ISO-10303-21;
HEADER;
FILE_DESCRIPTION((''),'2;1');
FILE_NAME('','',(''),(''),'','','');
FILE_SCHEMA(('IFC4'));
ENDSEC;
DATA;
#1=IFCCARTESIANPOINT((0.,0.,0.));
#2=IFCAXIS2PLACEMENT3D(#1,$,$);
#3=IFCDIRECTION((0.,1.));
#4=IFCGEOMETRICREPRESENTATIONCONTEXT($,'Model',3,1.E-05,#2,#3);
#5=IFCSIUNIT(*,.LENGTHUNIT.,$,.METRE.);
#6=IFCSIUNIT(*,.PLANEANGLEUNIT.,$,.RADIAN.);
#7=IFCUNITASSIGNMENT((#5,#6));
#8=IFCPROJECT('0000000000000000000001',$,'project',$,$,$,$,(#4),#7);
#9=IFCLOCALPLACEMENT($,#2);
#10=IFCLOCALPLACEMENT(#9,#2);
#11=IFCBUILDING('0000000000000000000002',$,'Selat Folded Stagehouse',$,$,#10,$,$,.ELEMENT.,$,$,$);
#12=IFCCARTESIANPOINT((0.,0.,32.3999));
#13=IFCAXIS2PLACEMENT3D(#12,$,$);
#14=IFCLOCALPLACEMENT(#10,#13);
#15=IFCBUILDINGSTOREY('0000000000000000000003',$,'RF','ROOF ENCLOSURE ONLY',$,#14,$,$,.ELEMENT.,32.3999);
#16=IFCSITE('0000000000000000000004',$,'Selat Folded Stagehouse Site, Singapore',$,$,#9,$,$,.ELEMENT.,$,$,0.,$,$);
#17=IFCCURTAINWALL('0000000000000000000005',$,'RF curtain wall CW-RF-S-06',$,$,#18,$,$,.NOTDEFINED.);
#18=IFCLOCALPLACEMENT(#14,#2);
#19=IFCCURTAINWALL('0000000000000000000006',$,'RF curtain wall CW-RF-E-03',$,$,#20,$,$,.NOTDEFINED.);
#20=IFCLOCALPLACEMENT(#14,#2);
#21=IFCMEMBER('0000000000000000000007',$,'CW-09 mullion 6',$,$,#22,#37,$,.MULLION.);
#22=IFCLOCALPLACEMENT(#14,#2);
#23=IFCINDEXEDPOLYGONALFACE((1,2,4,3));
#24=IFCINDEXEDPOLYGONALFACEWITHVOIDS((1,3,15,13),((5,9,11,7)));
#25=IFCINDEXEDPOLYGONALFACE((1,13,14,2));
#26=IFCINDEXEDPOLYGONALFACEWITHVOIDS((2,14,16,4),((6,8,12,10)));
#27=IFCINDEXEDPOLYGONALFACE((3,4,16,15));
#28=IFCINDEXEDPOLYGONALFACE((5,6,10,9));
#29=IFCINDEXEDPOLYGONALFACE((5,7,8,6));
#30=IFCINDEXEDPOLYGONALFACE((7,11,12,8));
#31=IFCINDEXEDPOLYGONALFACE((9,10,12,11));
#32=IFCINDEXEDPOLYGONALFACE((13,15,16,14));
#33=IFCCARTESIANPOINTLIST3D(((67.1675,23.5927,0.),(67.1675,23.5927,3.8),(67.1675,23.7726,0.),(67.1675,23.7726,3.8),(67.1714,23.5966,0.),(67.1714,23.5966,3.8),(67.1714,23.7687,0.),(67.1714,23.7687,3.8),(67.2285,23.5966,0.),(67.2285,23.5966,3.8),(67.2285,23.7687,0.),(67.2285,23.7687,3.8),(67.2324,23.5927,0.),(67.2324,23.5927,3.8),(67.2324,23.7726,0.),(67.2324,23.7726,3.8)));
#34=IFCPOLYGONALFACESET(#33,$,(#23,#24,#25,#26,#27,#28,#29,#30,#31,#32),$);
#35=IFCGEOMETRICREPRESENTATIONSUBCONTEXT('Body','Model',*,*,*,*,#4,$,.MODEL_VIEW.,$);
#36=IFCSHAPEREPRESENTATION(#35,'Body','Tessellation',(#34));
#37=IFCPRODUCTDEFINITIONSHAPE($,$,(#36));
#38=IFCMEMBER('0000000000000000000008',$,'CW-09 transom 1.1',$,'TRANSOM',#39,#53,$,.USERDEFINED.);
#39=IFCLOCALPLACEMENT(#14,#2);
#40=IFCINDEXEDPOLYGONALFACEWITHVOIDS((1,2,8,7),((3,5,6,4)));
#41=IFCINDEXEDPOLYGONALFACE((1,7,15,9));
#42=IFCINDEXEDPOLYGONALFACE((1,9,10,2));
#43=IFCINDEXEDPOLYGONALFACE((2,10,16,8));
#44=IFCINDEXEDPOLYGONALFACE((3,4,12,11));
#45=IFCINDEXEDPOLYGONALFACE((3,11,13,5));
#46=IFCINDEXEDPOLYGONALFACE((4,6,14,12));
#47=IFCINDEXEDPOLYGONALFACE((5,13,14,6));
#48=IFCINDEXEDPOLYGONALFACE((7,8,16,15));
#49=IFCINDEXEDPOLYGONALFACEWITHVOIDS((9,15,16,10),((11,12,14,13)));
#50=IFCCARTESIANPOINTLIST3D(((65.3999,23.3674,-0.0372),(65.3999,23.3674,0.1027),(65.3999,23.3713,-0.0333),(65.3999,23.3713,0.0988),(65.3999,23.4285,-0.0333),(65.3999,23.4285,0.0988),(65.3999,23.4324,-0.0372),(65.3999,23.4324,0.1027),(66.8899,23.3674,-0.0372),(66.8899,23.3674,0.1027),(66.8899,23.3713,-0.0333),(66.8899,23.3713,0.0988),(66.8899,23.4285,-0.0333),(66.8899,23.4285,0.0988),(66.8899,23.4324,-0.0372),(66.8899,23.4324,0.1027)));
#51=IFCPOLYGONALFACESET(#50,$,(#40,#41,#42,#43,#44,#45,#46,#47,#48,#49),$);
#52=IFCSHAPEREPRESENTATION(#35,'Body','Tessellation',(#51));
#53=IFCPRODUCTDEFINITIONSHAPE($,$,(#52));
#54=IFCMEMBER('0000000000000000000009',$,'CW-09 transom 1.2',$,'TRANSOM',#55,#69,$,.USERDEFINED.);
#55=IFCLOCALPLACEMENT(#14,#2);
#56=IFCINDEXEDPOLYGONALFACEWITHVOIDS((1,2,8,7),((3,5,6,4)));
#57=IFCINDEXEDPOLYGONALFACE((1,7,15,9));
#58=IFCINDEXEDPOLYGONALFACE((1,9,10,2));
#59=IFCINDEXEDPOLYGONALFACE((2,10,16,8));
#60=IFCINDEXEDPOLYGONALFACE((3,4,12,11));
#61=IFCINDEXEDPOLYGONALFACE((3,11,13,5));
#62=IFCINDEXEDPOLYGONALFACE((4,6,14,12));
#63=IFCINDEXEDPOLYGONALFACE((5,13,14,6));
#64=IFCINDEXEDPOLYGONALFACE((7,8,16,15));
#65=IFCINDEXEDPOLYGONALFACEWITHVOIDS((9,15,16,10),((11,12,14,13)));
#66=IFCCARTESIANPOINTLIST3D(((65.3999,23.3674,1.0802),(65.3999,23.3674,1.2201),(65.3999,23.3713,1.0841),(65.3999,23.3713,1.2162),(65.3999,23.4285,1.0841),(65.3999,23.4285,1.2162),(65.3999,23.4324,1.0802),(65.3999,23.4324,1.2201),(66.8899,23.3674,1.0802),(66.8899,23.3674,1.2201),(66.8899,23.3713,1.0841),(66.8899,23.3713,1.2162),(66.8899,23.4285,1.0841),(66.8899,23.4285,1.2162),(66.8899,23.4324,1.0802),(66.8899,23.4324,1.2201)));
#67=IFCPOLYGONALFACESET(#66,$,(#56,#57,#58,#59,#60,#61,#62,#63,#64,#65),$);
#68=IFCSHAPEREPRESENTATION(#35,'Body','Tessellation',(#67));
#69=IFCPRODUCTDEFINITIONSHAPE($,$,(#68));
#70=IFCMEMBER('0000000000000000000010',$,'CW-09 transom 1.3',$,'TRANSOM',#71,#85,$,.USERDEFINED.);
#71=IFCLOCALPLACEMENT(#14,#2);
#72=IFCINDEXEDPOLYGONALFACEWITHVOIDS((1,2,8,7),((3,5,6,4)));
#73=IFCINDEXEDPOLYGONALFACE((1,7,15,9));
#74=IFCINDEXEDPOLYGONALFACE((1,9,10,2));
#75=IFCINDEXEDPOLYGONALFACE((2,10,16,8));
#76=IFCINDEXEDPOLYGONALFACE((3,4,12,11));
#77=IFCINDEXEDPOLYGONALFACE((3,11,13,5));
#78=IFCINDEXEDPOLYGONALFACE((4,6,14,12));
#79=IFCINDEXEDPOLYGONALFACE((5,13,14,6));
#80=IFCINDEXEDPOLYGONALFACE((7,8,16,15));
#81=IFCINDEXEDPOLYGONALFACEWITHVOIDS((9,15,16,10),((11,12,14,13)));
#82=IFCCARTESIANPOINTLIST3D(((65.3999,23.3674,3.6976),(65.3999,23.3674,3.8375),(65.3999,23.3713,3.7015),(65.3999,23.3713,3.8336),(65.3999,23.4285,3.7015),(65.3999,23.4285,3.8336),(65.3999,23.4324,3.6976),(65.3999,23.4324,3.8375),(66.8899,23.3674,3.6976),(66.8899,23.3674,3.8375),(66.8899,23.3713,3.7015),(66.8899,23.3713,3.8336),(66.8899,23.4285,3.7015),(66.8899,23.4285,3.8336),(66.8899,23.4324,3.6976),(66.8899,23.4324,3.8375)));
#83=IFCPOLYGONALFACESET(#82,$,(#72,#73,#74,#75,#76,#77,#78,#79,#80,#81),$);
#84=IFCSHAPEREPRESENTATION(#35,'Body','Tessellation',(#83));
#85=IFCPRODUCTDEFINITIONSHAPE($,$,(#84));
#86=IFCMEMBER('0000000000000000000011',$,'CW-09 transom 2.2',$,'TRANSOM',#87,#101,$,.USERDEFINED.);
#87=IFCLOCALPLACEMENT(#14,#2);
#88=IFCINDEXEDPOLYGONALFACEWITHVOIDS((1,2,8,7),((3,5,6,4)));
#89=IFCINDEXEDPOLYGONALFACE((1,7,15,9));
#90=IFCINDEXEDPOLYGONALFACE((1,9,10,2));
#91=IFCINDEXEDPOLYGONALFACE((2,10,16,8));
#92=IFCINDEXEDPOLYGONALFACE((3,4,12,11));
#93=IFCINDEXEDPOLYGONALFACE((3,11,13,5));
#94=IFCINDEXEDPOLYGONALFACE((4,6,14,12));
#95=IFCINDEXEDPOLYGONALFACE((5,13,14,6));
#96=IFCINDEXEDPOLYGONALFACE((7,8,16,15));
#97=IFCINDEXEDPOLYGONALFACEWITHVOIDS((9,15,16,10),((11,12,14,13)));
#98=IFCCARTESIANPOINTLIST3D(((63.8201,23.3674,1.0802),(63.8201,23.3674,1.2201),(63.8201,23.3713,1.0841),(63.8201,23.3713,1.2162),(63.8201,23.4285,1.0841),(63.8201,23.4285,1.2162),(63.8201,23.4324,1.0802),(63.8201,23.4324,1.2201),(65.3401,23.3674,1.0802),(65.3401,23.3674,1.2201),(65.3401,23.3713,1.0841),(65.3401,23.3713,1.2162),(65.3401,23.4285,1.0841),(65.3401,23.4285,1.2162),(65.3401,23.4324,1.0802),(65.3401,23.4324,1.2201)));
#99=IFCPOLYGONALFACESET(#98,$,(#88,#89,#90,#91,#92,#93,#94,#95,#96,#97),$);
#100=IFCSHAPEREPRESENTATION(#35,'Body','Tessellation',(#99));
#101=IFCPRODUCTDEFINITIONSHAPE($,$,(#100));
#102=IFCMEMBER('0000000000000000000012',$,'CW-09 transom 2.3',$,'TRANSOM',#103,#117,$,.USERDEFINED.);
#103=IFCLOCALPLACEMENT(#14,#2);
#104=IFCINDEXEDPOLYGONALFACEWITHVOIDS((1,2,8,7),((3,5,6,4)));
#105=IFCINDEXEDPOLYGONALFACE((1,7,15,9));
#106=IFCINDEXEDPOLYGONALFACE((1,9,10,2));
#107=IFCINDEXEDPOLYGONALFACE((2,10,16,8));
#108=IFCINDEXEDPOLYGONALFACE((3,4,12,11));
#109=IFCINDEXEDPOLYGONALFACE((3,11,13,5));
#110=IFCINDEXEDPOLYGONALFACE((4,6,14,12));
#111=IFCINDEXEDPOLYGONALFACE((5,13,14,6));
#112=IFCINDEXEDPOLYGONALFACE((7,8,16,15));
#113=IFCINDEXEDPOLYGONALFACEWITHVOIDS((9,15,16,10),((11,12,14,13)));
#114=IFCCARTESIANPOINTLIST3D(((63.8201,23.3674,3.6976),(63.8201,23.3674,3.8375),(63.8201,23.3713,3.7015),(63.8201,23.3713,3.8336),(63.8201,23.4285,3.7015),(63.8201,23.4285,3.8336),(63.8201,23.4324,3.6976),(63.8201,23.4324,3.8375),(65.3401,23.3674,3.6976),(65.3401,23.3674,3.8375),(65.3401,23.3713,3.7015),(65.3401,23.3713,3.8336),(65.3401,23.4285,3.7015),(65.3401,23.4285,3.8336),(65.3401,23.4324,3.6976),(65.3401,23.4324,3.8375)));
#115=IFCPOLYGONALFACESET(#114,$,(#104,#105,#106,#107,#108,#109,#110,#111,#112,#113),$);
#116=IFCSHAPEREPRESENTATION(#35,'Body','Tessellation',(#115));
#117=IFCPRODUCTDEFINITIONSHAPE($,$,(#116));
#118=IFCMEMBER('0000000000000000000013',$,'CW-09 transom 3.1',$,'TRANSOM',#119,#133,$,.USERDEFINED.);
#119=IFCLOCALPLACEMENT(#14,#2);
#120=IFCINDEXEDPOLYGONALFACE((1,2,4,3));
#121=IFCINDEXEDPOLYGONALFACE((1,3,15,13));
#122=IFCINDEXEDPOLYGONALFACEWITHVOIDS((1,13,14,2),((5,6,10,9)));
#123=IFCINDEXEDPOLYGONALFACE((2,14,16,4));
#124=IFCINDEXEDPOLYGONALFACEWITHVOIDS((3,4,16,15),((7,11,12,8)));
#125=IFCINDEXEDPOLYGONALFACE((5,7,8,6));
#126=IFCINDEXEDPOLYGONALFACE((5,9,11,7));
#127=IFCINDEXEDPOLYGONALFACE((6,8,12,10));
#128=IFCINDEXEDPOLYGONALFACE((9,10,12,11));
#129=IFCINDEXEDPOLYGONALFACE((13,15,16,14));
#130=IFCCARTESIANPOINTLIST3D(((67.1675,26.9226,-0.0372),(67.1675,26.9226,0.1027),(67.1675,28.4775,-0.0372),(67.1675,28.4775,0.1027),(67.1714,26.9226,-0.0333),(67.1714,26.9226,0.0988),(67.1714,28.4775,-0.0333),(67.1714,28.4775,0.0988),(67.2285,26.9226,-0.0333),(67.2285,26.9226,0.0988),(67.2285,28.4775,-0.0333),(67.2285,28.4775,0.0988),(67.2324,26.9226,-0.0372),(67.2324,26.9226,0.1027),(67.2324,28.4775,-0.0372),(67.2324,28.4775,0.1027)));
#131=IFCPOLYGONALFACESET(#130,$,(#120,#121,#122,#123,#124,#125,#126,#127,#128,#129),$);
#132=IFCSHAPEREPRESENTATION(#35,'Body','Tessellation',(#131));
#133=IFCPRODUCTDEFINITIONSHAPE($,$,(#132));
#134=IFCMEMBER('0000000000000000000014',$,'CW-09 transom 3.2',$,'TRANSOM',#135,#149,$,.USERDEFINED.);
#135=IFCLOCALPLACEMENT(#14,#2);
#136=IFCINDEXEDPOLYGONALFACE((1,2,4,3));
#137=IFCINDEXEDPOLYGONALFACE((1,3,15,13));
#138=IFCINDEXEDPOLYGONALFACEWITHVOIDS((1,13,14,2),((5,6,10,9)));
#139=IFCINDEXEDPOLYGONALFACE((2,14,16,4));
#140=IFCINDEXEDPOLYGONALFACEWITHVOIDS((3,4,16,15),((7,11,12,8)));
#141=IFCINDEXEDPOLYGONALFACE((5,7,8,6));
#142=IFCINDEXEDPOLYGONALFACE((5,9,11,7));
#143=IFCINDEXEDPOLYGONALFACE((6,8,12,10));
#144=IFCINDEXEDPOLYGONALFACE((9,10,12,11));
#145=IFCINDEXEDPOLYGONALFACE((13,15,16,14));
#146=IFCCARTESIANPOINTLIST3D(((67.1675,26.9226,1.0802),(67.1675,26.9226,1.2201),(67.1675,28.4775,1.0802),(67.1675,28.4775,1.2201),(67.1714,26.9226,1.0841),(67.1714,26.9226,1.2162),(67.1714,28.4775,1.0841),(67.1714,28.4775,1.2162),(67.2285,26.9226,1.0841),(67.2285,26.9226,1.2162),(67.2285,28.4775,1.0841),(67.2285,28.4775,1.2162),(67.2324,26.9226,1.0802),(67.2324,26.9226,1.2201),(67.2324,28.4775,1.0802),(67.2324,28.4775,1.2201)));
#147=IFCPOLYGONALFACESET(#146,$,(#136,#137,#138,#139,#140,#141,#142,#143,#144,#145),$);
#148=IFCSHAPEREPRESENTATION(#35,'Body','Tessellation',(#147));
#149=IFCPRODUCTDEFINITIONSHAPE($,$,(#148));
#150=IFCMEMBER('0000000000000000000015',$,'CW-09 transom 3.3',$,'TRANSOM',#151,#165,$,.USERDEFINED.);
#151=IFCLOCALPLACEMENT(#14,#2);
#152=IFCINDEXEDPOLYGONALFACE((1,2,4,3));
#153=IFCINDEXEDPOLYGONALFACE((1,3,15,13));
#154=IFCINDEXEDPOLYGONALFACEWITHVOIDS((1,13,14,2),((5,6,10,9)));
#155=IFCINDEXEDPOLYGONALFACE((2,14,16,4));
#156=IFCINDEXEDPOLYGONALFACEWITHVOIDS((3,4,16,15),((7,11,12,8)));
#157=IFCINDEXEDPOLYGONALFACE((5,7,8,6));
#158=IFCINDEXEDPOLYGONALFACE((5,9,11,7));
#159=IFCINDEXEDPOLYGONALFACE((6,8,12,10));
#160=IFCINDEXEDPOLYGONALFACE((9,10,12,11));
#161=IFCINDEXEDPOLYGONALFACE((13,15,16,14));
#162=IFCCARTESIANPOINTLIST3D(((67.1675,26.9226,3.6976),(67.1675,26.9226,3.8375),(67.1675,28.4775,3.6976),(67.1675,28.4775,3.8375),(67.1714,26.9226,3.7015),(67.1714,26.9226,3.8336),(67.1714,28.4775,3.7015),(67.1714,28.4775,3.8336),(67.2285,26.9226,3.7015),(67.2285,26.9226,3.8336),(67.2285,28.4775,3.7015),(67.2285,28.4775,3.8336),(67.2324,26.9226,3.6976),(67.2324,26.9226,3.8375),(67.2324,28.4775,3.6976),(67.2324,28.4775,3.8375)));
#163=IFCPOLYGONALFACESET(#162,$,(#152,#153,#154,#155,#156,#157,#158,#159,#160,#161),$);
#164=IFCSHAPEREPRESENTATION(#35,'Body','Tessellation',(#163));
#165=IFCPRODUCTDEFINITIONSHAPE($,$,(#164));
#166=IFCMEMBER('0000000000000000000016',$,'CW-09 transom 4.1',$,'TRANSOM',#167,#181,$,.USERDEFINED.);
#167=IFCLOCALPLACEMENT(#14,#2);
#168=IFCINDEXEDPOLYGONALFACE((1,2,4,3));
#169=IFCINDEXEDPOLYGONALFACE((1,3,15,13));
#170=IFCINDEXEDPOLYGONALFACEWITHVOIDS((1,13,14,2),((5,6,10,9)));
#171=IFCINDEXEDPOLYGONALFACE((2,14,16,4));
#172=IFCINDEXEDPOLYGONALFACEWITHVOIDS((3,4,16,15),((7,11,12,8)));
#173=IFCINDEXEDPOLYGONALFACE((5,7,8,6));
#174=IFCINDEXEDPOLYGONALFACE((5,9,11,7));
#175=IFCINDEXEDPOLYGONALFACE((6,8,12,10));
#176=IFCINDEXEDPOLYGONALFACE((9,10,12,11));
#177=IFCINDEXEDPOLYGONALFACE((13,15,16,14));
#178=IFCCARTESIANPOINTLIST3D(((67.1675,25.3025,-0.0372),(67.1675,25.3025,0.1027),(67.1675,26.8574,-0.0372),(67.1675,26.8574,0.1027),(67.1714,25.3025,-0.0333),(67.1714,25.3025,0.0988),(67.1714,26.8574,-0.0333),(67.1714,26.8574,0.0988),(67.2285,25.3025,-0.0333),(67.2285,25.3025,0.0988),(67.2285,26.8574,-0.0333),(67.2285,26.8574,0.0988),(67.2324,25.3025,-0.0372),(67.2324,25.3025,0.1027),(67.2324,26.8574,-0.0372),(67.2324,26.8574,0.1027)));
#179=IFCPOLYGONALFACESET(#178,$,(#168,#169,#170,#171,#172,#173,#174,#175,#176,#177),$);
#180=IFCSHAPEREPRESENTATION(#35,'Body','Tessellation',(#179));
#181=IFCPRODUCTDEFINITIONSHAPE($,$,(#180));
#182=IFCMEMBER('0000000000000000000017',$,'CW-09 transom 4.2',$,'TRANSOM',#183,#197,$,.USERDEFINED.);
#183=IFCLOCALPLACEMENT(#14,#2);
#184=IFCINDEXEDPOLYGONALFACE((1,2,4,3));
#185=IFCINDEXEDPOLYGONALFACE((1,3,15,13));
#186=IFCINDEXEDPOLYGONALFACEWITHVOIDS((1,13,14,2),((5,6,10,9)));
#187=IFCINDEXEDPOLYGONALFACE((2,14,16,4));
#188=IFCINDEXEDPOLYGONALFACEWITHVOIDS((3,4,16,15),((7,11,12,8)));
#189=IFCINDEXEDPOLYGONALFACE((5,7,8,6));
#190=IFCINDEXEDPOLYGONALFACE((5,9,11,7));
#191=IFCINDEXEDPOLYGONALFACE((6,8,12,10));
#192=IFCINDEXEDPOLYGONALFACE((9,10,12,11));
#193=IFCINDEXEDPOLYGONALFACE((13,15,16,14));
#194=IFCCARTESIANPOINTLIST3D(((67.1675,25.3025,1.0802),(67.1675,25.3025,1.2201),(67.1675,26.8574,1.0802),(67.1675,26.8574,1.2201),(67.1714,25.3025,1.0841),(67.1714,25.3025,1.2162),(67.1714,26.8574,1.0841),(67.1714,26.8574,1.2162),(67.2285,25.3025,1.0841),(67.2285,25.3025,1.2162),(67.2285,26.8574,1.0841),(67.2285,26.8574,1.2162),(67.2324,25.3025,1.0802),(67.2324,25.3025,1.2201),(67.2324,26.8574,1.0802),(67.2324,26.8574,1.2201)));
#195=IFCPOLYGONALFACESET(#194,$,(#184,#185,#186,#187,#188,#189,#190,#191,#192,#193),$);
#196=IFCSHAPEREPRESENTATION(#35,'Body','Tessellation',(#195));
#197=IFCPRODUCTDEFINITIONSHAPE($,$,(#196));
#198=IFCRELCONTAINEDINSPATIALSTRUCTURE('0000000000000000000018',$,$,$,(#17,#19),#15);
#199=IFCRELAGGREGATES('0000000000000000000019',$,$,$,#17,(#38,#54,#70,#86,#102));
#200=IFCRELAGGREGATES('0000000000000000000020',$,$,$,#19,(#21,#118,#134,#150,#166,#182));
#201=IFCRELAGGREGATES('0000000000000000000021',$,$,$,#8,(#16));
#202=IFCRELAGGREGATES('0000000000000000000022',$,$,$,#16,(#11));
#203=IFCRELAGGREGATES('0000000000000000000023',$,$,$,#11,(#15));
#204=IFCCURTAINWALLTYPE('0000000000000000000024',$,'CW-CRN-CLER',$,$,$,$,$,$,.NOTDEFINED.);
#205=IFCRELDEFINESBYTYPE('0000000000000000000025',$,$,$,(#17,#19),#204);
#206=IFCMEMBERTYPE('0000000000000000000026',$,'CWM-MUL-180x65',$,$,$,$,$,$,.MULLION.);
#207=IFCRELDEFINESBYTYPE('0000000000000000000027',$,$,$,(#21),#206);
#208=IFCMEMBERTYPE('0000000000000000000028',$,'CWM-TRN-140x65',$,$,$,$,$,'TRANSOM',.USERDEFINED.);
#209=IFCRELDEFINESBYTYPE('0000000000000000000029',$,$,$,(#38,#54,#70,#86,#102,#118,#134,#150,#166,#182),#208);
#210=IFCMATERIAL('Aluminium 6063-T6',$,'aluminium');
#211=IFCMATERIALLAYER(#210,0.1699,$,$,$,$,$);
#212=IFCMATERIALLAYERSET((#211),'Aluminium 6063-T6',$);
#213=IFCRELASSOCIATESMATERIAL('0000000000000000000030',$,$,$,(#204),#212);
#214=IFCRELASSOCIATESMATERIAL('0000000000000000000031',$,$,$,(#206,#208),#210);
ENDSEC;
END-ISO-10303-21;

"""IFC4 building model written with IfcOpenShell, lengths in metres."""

from ifc_helpers import new_model, si_unit, direction, frame, origin, origin_2d, place, context, subcontext, project, spatial, hollow_rectangle, extrude, material, layer, layer_set, material_profile, profile_set, type_object, element, aggregate, save


model = new_model("IFC4")

# Units and contexts
model_context = context("Model", 3, precision=1e-05, world=origin(), true_north=direction((0.0, 1.0)))
body_context = subcontext(model_context, "Body", "Model", "MODEL_VIEW")
ifc_project = project(units=[si_unit("LENGTHUNIT", "METRE"), si_unit("PLANEANGLEUNIT", "RADIAN")], contexts=[model_context])

# Site, building, storey
site_placement = place(None, origin())
site = spatial("IfcSite", under=ifc_project, at=site_placement, Name="Selat Folded Stagehouse Site, Singapore", CompositionType="ELEMENT", RefElevation=0.0)
building_placement = place(site_placement, origin())
building = spatial("IfcBuilding", under=site, at=building_placement, Name="Selat Folded Stagehouse", CompositionType="ELEMENT")
storey_placement = place(building_placement, frame((0.0, 0.0, 32.3999)))
storey = spatial("IfcBuildingStorey", under=building, at=storey_placement, Name="RF", Description="ROOF ENCLOSURE ONLY", CompositionType="ELEMENT", Elevation=32.3999)

# Curtain walls, member
ifc_material_1 = material(Name="Aluminium 6063-T6", Category="aluminium")
ifc_layer_1 = layer(ifc_material_1, 0.1699)
ifc_layer_set_1 = layer_set([ifc_layer_1], Name="Aluminium 6063-T6")
curtain_wall_type = type_object("IfcCurtainWallType", Name="CW-CRN-CLER", PredefinedType="NOTDEFINED", material=ifc_layer_set_1)
curtain_wall_1_placement = place(storey_placement, origin())
curtain_wall_1 = element("IfcCurtainWall", 1, at=curtain_wall_1_placement, inside=storey, type_object=curtain_wall_type, Name="RF curtain wall CW-RF-S-06", PredefinedType="NOTDEFINED")
curtain_wall_2_placement = place(storey_placement, origin())
curtain_wall_2 = element("IfcCurtainWall", 2, at=curtain_wall_2_placement, inside=storey, type_object=curtain_wall_type, Name="RF curtain wall CW-RF-E-03", PredefinedType="NOTDEFINED")
ifc_material_profile_1 = material_profile(ifc_material_1, hollow_rectangle(XDim=0.0649, YDim=0.1799, WallThickness=0.0039, at=origin_2d()), Name="ALU 180x65x4.0")
ifc_profile_set_1 = profile_set([ifc_material_profile_1], Name="Aluminium 6063-T6")
member_type_1 = type_object("IfcMemberType", Name="CWM-MUL-180x65", PredefinedType="MULLION", material=ifc_profile_set_1)
member_1_placement = place(storey_placement, frame((67.2, 23.6826, 0.0), z_axis=(0.0, 0.0, 1.0), x_axis=(1.0, 0.0, 0.0)))
member_1 = element("IfcMember", 3, at=member_1_placement, type_object=member_type_1, Name="CW-09 mullion 6", PredefinedType="MULLION", context=body_context, shape_type="SweptSolid", body=[
    extrude(hollow_rectangle(XDim=0.0649, YDim=0.1799, WallThickness=0.0039, at=origin_2d()), origin(), (0.0, 0.0, 1.0), 3.8),
])

# Members
ifc_material_profile_2 = material_profile(ifc_material_1, hollow_rectangle(XDim=0.0649, YDim=0.1399, WallThickness=0.0039, at=origin_2d()), Name="ALU 140x65x4.0")
ifc_profile_set_2 = profile_set([ifc_material_profile_2], Name="Aluminium 6063-T6")
member_type_2 = type_object("IfcMemberType", Name="CWM-TRN-140x65", ElementType="TRANSOM", PredefinedType="USERDEFINED", material=ifc_profile_set_2)
member_2_placement = place(storey_placement, frame((66.8899, 23.3999, 0.0327), z_axis=(-1.0, 0.0, 0.0), x_axis=(0.0, -1.0, 0.0)))
member_2 = element("IfcMember", 4, at=member_2_placement, type_object=member_type_2, Name="CW-09 transom 1.1", ObjectType="TRANSOM", PredefinedType="USERDEFINED", context=body_context, shape_type="SweptSolid", body=[
    extrude(hollow_rectangle(XDim=0.0649, YDim=0.1399, WallThickness=0.0039, at=origin_2d()), origin(), (0.0, 0.0, 1.0), 1.49),
])
member_3_placement = place(storey_placement, frame((66.8899, 23.3999, 1.1501), z_axis=(-1.0, 0.0, 0.0), x_axis=(0.0, -1.0, 0.0)))
member_3 = element("IfcMember", 5, at=member_3_placement, type_object=member_type_2, Name="CW-09 transom 1.2", ObjectType="TRANSOM", PredefinedType="USERDEFINED", context=body_context, shape_type="SweptSolid", body=[
    extrude(hollow_rectangle(XDim=0.0649, YDim=0.1399, WallThickness=0.0039, at=origin_2d()), origin(), (0.0, 0.0, 1.0), 1.49),
])
member_4_placement = place(storey_placement, frame((66.8899, 23.3999, 3.7676), z_axis=(-1.0, 0.0, 0.0), x_axis=(0.0, -1.0, 0.0)))
member_4 = element("IfcMember", 6, at=member_4_placement, type_object=member_type_2, Name="CW-09 transom 1.3", ObjectType="TRANSOM", PredefinedType="USERDEFINED", context=body_context, shape_type="SweptSolid", body=[
    extrude(hollow_rectangle(XDim=0.0649, YDim=0.1399, WallThickness=0.0039, at=origin_2d()), origin(), (0.0, 0.0, 1.0), 1.49),
])
member_5_placement = place(storey_placement, frame((65.3401, 23.3999, 1.1501), z_axis=(-1.0, 0.0, 0.0), x_axis=(0.0, -1.0, 0.0)))
member_5 = element("IfcMember", 7, at=member_5_placement, type_object=member_type_2, Name="CW-09 transom 2.2", ObjectType="TRANSOM", PredefinedType="USERDEFINED", context=body_context, shape_type="SweptSolid", body=[
    extrude(hollow_rectangle(XDim=0.0649, YDim=0.1399, WallThickness=0.0039, at=origin_2d()), origin(), (0.0, 0.0, 1.0), 1.52),
])
member_6_placement = place(storey_placement, frame((65.3401, 23.3999, 3.7676), z_axis=(-1.0, 0.0, 0.0), x_axis=(0.0, -1.0, 0.0)))
member_6 = element("IfcMember", 8, at=member_6_placement, type_object=member_type_2, Name="CW-09 transom 2.3", ObjectType="TRANSOM", PredefinedType="USERDEFINED", context=body_context, shape_type="SweptSolid", body=[
    extrude(hollow_rectangle(XDim=0.0649, YDim=0.1399, WallThickness=0.0039, at=origin_2d()), origin(), (0.0, 0.0, 1.0), 1.52),
])
member_7_placement = place(storey_placement, frame((67.2, 28.4775, 0.0327), z_axis=(0.0, -1.0, 0.0), x_axis=(1.0, 0.0, 0.0)))
member_7 = element("IfcMember", 9, at=member_7_placement, type_object=member_type_2, Name="CW-09 transom 3.1", ObjectType="TRANSOM", PredefinedType="USERDEFINED", context=body_context, shape_type="SweptSolid", body=[
    extrude(hollow_rectangle(XDim=0.0649, YDim=0.1399, WallThickness=0.0039, at=origin_2d()), origin(), (0.0, 0.0, 1.0), 1.5549),
])
member_8_placement = place(storey_placement, frame((67.2, 28.4775, 1.1501), z_axis=(0.0, -1.0, 0.0), x_axis=(1.0, 0.0, 0.0)))
member_8 = element("IfcMember", 10, at=member_8_placement, type_object=member_type_2, Name="CW-09 transom 3.2", ObjectType="TRANSOM", PredefinedType="USERDEFINED", context=body_context, shape_type="SweptSolid", body=[
    extrude(hollow_rectangle(XDim=0.0649, YDim=0.1399, WallThickness=0.0039, at=origin_2d()), origin(), (0.0, 0.0, 1.0), 1.5549),
])
member_9_placement = place(storey_placement, frame((67.2, 28.4775, 3.7676), z_axis=(0.0, -1.0, 0.0), x_axis=(1.0, 0.0, 0.0)))
member_9 = element("IfcMember", 11, at=member_9_placement, type_object=member_type_2, Name="CW-09 transom 3.3", ObjectType="TRANSOM", PredefinedType="USERDEFINED", context=body_context, shape_type="SweptSolid", body=[
    extrude(hollow_rectangle(XDim=0.0649, YDim=0.1399, WallThickness=0.0039, at=origin_2d()), origin(), (0.0, 0.0, 1.0), 1.5549),
])
member_10_placement = place(storey_placement, frame((67.2, 26.8574, 0.0327), z_axis=(0.0, -1.0, 0.0), x_axis=(1.0, 0.0, 0.0)))
member_10 = element("IfcMember", 12, at=member_10_placement, type_object=member_type_2, Name="CW-09 transom 4.1", ObjectType="TRANSOM", PredefinedType="USERDEFINED", context=body_context, shape_type="SweptSolid", body=[
    extrude(hollow_rectangle(XDim=0.0649, YDim=0.1399, WallThickness=0.0039, at=origin_2d()), origin(), (0.0, 0.0, 1.0), 1.5549),
])
member_11_placement = place(storey_placement, frame((67.2, 26.8574, 1.1501), z_axis=(0.0, -1.0, 0.0), x_axis=(1.0, 0.0, 0.0)))
member_11 = element("IfcMember", 13, at=member_11_placement, type_object=member_type_2, Name="CW-09 transom 4.2", ObjectType="TRANSOM", PredefinedType="USERDEFINED", context=body_context, shape_type="SweptSolid", body=[
    extrude(hollow_rectangle(XDim=0.0649, YDim=0.1399, WallThickness=0.0039, at=origin_2d()), origin(), (0.0, 0.0, 1.0), 1.5549),
])

aggregate(curtain_wall_1, [member_2, member_3, member_4, member_5, member_6])
aggregate(curtain_wall_2, [member_1, member_7, member_8, member_9, member_10, member_11])

save(model, "model.ifc")
